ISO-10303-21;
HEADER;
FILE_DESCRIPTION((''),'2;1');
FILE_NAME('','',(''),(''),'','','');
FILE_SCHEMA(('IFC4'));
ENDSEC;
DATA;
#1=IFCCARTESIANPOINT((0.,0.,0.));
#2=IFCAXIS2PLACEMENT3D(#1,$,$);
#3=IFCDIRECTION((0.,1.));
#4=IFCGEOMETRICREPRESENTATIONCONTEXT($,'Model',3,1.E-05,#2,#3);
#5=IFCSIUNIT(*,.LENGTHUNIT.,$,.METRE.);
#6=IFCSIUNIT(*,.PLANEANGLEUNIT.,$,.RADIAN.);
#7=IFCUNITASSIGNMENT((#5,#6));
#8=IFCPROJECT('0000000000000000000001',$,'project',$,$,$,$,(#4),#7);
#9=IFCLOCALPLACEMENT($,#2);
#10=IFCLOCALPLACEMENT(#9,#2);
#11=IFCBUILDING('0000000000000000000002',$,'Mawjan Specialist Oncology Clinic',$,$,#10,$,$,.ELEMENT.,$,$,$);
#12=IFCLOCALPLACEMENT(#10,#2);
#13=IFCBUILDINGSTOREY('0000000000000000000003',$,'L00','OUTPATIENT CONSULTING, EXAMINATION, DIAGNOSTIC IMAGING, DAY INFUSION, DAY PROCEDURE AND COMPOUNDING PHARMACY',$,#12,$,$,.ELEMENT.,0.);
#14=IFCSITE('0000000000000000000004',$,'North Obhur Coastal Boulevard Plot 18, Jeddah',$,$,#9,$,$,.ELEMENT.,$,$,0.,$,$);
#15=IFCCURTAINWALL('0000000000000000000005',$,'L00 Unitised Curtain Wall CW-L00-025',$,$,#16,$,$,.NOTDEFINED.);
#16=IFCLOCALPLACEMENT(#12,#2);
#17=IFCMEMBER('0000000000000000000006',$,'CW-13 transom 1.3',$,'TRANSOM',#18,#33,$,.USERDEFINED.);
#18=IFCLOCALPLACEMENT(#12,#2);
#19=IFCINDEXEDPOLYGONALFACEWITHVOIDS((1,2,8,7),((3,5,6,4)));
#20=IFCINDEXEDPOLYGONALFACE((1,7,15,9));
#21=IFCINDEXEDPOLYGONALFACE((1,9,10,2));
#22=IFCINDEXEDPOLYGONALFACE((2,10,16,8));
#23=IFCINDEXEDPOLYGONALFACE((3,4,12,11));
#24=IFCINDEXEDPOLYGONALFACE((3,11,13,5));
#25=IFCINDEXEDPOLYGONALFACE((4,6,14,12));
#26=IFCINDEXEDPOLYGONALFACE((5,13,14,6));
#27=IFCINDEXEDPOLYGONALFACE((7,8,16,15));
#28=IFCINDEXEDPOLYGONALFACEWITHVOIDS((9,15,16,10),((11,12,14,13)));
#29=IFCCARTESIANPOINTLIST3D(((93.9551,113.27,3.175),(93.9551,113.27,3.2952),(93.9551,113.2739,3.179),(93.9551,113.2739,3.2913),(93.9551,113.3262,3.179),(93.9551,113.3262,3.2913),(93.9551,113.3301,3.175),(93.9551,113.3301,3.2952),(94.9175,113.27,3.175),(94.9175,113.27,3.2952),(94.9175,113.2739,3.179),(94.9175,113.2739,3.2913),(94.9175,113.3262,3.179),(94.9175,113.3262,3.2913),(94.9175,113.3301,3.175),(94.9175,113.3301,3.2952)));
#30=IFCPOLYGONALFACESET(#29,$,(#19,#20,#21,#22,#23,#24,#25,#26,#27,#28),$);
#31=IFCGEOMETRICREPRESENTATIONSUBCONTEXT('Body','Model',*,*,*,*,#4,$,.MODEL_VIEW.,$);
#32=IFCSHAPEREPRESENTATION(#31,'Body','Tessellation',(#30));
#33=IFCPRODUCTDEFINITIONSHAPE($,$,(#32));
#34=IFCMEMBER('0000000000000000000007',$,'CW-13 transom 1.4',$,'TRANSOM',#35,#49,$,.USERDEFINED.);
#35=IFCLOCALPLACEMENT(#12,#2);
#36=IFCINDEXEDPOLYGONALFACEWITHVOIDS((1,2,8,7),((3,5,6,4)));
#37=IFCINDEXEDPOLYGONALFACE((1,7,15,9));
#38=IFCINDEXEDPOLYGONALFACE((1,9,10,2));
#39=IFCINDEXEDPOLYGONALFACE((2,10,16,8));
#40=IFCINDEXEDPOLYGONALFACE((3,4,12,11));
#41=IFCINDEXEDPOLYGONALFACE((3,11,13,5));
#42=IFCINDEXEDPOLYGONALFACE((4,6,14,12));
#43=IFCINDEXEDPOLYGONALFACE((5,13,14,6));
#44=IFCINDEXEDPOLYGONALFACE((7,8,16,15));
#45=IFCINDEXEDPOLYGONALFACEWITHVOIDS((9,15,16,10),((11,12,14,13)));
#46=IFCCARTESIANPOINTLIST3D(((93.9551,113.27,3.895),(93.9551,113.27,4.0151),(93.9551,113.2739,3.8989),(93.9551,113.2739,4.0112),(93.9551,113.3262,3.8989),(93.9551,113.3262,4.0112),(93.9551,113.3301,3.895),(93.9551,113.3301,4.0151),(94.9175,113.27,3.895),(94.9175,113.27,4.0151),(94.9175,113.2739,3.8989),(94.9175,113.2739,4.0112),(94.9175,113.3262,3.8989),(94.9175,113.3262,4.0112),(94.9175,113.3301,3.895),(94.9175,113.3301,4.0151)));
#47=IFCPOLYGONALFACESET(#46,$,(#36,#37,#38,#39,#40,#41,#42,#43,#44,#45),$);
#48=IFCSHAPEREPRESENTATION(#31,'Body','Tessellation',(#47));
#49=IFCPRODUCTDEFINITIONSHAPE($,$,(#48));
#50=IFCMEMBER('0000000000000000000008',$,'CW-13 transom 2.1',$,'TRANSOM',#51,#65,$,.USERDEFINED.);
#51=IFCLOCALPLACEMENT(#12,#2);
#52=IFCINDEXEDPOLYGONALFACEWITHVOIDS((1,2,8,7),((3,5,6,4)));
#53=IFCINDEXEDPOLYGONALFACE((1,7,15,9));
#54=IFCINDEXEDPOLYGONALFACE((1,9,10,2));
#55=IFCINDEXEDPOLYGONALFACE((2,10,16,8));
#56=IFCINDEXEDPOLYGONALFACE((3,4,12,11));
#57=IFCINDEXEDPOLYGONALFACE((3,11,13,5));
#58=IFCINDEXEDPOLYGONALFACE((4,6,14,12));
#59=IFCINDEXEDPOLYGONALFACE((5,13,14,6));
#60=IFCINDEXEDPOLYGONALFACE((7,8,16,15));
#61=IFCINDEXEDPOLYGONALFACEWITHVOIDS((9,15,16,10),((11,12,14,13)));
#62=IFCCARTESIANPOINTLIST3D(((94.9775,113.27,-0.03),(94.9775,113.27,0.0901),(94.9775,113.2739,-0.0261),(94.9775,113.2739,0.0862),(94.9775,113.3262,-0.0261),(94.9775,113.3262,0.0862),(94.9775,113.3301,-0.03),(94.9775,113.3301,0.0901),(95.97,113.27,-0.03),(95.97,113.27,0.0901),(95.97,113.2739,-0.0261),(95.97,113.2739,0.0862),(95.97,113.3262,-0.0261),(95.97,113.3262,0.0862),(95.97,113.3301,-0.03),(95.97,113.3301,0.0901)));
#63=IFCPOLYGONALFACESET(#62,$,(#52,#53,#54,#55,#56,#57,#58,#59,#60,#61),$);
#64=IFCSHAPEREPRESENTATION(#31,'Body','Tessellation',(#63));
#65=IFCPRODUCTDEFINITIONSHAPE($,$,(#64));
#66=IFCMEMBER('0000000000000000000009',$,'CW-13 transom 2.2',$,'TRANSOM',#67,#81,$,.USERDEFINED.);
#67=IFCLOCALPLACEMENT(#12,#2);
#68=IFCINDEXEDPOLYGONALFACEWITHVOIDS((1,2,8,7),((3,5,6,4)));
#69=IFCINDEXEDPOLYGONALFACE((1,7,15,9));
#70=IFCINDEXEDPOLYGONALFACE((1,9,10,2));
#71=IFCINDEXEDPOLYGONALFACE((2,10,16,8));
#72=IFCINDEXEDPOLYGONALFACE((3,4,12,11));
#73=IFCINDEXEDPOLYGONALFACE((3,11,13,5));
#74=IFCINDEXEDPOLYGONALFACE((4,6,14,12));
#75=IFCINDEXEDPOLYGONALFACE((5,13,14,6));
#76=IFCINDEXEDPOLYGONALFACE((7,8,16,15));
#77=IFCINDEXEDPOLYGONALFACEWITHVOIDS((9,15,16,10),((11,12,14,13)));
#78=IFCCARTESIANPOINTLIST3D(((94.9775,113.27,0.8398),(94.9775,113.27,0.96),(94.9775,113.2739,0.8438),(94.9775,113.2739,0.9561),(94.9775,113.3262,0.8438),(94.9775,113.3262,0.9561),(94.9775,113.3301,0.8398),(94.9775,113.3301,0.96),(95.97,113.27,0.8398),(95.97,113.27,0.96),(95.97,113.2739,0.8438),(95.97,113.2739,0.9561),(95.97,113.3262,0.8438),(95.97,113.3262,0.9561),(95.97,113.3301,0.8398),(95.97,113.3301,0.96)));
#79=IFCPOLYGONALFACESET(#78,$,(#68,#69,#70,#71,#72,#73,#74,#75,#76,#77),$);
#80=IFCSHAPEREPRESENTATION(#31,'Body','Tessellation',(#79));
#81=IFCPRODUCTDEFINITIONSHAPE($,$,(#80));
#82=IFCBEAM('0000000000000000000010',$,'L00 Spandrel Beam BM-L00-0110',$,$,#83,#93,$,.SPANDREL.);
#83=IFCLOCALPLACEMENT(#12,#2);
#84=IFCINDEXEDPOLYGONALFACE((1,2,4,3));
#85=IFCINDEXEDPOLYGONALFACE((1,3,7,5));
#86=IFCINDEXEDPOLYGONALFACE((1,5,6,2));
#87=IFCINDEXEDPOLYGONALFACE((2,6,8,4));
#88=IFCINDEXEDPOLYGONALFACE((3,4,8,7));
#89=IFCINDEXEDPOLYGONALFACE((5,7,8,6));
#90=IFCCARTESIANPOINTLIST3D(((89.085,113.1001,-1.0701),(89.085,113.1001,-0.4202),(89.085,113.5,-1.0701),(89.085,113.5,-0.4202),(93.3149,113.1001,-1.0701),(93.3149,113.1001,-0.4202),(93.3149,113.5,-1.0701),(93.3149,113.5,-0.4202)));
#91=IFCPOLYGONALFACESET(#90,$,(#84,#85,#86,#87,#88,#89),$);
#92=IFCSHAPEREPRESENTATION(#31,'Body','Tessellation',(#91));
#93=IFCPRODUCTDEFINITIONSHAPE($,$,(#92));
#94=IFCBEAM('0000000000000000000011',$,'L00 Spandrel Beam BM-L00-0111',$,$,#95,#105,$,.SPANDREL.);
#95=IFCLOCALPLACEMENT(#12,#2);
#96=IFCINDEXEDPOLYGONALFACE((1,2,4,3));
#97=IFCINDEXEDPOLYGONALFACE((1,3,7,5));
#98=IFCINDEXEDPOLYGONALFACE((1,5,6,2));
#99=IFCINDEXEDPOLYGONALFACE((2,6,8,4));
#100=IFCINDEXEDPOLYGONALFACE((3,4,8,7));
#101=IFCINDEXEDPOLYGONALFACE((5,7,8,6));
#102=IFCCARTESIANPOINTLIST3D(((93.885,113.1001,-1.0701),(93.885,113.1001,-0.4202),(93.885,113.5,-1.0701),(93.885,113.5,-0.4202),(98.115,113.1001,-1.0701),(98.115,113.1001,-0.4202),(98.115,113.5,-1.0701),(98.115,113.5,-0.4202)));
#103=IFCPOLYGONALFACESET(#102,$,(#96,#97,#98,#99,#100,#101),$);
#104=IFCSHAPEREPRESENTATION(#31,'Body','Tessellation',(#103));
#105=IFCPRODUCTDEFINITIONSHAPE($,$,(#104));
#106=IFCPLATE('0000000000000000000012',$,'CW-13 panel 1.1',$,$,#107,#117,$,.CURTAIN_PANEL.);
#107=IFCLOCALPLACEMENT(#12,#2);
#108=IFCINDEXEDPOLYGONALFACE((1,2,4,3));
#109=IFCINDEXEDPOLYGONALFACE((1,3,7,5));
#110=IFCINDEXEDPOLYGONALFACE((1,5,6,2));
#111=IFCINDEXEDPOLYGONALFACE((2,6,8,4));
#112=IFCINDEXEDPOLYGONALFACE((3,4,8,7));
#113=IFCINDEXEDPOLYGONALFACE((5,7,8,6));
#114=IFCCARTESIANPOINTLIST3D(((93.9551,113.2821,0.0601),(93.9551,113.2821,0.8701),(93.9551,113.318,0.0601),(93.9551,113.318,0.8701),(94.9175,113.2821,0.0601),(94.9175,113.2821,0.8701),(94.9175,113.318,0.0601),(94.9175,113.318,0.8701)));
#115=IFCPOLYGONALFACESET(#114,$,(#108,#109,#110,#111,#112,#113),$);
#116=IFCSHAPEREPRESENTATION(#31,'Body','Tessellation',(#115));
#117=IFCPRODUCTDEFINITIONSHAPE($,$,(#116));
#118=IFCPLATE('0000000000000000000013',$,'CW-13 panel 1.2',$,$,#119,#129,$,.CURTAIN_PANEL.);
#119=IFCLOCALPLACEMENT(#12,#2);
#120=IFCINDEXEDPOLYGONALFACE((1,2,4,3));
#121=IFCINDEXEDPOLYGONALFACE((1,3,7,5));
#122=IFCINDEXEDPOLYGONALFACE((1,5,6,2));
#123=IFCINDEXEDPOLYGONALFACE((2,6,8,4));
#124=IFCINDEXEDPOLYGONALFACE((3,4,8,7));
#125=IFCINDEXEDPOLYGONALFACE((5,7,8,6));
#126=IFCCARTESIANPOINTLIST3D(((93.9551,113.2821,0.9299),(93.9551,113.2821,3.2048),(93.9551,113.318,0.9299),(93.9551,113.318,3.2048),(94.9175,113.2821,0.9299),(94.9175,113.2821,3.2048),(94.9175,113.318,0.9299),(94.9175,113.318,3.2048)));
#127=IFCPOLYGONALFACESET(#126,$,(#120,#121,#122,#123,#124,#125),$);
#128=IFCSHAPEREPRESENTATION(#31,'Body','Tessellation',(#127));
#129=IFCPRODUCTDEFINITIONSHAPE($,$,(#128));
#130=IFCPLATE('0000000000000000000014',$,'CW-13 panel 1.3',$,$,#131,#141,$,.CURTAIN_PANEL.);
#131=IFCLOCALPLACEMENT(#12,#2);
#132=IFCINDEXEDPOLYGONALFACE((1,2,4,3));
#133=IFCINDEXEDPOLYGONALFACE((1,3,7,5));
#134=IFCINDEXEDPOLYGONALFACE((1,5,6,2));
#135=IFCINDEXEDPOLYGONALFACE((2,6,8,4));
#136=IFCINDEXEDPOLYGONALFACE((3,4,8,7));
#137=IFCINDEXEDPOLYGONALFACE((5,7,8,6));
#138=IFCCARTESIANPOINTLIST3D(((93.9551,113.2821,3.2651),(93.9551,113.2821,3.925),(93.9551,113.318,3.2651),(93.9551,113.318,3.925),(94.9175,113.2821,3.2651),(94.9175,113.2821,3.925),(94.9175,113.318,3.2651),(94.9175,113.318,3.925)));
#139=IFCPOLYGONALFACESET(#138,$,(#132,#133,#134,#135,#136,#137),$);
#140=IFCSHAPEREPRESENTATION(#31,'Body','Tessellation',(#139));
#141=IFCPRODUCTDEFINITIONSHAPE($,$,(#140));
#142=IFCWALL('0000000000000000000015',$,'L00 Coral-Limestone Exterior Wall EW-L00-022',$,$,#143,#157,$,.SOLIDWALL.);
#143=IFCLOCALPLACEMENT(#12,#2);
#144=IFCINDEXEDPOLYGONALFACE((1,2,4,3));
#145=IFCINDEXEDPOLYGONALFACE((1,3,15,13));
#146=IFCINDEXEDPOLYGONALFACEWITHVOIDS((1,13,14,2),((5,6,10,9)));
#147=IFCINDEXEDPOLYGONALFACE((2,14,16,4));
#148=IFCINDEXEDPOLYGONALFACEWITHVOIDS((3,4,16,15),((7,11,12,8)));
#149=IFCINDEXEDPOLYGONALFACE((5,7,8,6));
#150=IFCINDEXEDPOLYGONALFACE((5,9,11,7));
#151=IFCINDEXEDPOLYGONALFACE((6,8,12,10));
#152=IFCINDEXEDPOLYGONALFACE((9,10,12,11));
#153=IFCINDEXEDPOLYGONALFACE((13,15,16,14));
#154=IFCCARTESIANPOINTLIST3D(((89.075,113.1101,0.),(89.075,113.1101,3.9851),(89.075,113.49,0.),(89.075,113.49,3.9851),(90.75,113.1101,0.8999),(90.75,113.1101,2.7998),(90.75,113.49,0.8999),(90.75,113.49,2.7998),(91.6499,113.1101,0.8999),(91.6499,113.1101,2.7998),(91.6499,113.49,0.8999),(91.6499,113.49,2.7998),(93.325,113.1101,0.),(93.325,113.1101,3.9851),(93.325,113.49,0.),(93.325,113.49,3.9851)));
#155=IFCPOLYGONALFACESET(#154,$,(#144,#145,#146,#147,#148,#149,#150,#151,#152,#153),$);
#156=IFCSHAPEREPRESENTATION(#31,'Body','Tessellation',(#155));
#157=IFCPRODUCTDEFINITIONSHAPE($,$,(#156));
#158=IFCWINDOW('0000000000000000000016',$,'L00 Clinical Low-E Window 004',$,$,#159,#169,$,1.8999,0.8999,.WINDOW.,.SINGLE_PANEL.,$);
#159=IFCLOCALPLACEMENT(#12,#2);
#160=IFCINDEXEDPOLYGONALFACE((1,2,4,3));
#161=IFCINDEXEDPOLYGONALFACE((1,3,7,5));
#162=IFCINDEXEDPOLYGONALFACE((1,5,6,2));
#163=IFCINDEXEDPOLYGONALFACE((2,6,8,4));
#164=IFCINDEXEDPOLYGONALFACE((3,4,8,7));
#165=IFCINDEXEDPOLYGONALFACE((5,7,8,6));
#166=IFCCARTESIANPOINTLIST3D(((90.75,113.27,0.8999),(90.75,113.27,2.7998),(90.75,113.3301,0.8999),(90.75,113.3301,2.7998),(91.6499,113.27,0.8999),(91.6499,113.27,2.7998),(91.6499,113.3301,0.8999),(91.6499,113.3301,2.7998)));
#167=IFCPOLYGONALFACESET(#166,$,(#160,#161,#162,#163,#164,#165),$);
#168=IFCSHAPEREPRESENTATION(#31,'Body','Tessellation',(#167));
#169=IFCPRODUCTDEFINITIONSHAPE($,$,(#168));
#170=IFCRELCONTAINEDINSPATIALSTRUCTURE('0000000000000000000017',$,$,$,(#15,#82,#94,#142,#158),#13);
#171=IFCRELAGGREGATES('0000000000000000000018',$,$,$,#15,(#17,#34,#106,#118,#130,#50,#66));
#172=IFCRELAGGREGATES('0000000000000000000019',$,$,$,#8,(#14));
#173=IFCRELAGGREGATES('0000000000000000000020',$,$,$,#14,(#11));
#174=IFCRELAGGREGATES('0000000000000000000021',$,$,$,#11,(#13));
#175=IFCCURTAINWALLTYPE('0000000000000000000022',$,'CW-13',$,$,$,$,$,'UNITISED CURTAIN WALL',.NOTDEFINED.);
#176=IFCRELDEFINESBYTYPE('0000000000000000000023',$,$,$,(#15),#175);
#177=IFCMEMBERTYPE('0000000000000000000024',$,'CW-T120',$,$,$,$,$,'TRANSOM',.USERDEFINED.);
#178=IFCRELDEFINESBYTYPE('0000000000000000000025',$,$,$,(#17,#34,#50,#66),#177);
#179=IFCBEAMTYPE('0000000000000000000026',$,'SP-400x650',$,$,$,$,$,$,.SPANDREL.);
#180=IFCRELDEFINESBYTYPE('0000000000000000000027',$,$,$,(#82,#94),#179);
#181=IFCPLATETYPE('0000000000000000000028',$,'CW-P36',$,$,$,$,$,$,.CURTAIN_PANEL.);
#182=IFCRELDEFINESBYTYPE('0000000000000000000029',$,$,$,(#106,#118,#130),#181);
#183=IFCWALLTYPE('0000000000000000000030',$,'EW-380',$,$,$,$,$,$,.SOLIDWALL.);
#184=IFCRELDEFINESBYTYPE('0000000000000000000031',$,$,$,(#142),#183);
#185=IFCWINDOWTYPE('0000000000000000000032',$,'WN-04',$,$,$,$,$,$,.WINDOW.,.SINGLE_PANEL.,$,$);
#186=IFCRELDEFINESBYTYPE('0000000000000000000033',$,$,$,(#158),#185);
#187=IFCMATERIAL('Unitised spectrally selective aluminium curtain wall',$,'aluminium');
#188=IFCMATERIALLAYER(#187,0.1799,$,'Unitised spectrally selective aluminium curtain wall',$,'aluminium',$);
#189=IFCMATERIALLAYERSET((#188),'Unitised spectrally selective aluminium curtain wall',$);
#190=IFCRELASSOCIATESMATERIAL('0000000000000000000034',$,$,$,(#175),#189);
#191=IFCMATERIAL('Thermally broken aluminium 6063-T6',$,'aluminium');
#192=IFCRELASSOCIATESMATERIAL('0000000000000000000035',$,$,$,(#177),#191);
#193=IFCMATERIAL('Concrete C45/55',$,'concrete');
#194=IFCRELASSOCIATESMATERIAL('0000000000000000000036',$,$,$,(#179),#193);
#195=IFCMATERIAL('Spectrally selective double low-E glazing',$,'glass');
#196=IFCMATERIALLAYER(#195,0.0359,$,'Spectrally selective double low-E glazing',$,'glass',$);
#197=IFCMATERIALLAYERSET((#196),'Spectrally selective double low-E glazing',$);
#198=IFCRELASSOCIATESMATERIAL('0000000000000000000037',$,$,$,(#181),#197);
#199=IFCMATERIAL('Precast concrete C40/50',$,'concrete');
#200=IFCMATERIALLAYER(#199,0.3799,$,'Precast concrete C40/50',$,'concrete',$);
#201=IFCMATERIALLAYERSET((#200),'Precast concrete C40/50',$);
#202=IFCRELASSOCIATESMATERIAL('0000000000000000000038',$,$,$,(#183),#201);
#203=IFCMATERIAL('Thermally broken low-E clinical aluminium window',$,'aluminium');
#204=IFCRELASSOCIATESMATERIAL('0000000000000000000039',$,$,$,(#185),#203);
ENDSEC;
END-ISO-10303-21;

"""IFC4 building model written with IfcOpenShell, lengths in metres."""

from ifc_helpers import new_model, si_unit, direction, frame, frame_2d, origin, origin_2d, place, context, subcontext, project, spatial, rectangle, hollow_rectangle, extrude, material, layer, layer_set, material_profile, profile_set, type_object, element, fill, aggregate, save


model = new_model("IFC4")

# Units and contexts
model_context = context("Model", 3, precision=1e-05, world=origin(), true_north=direction((0.0, 1.0)))
body_context = subcontext(model_context, "Body", "Model", "MODEL_VIEW")
ifc_project = project(units=[si_unit("LENGTHUNIT", "METRE"), si_unit("PLANEANGLEUNIT", "RADIAN")], contexts=[model_context])

# Site, building, storey
site_placement = place(None, origin())
site = spatial("IfcSite", under=ifc_project, at=site_placement, Name="North Obhur Coastal Boulevard Plot 18, Jeddah", CompositionType="ELEMENT", RefElevation=0.0)
building_placement = place(site_placement, origin())
building = spatial("IfcBuilding", under=site, at=building_placement, Name="Mawjan Specialist Oncology Clinic", CompositionType="ELEMENT")
storey_placement = place(building_placement, origin())
storey = spatial("IfcBuildingStorey", under=building, at=storey_placement, Name="L00", Description="OUTPATIENT CONSULTING, EXAMINATION, DIAGNOSTIC IMAGING, DAY INFUSION, DAY PROCEDURE AND COMPOUNDING PHARMACY", CompositionType="ELEMENT", Elevation=0.0)

# Curtain wall, members
ifc_material_1 = material(Name="Unitised spectrally selective aluminium curtain wall", Category="aluminium")
ifc_layer_1 = layer(ifc_material_1, 0.1799, Name="Unitised spectrally selective aluminium curtain wall", Category="aluminium")
ifc_layer_set_1 = layer_set([ifc_layer_1], Name="Unitised spectrally selective aluminium curtain wall")
curtain_wall_type = type_object("IfcCurtainWallType", Name="CW-13", ElementType="UNITISED CURTAIN WALL", PredefinedType="NOTDEFINED", material=ifc_layer_set_1)
curtain_wall_placement = place(storey_placement, origin())
curtain_wall = element("IfcCurtainWall", 1, at=curtain_wall_placement, inside=storey, type_object=curtain_wall_type, Name="L00 Unitised Curtain Wall CW-L00-025", PredefinedType="NOTDEFINED")
ifc_material_2 = material(Name="Thermally broken aluminium 6063-T6", Category="aluminium")
ifc_material_profile_1 = material_profile(ifc_material_2, hollow_rectangle(XDim=0.0601, YDim=0.1201, WallThickness=0.0039, at=origin_2d()), Name="ALU TRANSOM 120x60x4", Category="aluminium")
ifc_profile_set_1 = profile_set([ifc_material_profile_1], Name="Thermally broken aluminium 6063-T6")
member_type_1 = type_object("IfcMemberType", Name="CW-T120", ElementType="TRANSOM", PredefinedType="USERDEFINED", material=ifc_profile_set_1)
member_1_placement = place(storey_placement, frame((93.9551, 113.3, 3.2351), z_axis=(1.0, 0.0, 0.0), x_axis=(0.0, 1.0, 0.0)))
member_1 = element("IfcMember", 2, at=member_1_placement, type_object=member_type_1, Name="CW-13 transom 1.3", ObjectType="TRANSOM", PredefinedType="USERDEFINED", context=body_context, shape_type="SweptSolid", body=[
    extrude(hollow_rectangle(XDim=0.0601, YDim=0.1201, WallThickness=0.0039, at=origin_2d()), origin(), (0.0, 0.0, 1.0), 0.9624),
])
member_2_placement = place(storey_placement, frame((93.9551, 113.3, 3.9551), z_axis=(1.0, 0.0, 0.0), x_axis=(0.0, 1.0, 0.0)))
member_2 = element("IfcMember", 3, at=member_2_placement, type_object=member_type_1, Name="CW-13 transom 1.4", ObjectType="TRANSOM", PredefinedType="USERDEFINED", context=body_context, shape_type="SweptSolid", body=[
    extrude(hollow_rectangle(XDim=0.0601, YDim=0.1201, WallThickness=0.0039, at=origin_2d()), origin(), (0.0, 0.0, 1.0), 0.9624),
])
member_3_placement = place(storey_placement, frame((94.9775, 113.3, 0.03), z_axis=(1.0, 0.0, 0.0), x_axis=(0.0, 1.0, 0.0)))
member_3 = element("IfcMember", 4, at=member_3_placement, type_object=member_type_1, Name="CW-13 transom 2.1", ObjectType="TRANSOM", PredefinedType="USERDEFINED", context=body_context, shape_type="SweptSolid", body=[
    extrude(hollow_rectangle(XDim=0.0601, YDim=0.1201, WallThickness=0.0039, at=origin_2d()), origin(), (0.0, 0.0, 1.0), 0.9924),
])
member_4_placement = place(storey_placement, frame((94.9775, 113.3, 0.8999), z_axis=(1.0, 0.0, 0.0), x_axis=(0.0, 1.0, 0.0)))
member_4 = element("IfcMember", 5, at=member_4_placement, type_object=member_type_1, Name="CW-13 transom 2.2", ObjectType="TRANSOM", PredefinedType="USERDEFINED", context=body_context, shape_type="SweptSolid", body=[
    extrude(hollow_rectangle(XDim=0.0601, YDim=0.1201, WallThickness=0.0039, at=origin_2d()), origin(), (0.0, 0.0, 1.0), 0.9924),
])

# Beams
ifc_material_3 = material(Name="Concrete C45/55", Category="concrete")
ifc_material_profile_2 = material_profile(ifc_material_3, rectangle(XDim=0.3999, YDim=0.6499, at=origin_2d()), Name="RC BM 400x650", Category="concrete")
ifc_profile_set_2 = profile_set([ifc_material_profile_2], Name="Concrete C45/55")
beam_type_1 = type_object("IfcBeamType", Name="SP-400x650", PredefinedType="SPANDREL", material=ifc_profile_set_2)
for number, where, z_axis, x_axis, name in (
    (6, (89.085, 113.3, -0.7451), (1.0, 0.0, 0.0), (0.0, 1.0, 0.0), "L00 Spandrel Beam BM-L00-0110"),
    (7, (93.885, 113.3, -0.7451), (1.0, 0.0, 0.0), (0.0, 1.0, 0.0), "L00 Spandrel Beam BM-L00-0111"),
):
    element("IfcBeam", number, at=place(storey_placement, frame(where, z_axis=z_axis, x_axis=x_axis)), inside=storey, type_object=beam_type_1, Name=name, PredefinedType="SPANDREL", context=body_context, shape_type="SweptSolid", body=[
        extrude(rectangle(XDim=0.3999, YDim=0.6499, at=origin_2d()), origin(), (0.0, 0.0, 1.0), 4.23),
    ])

# Plates
ifc_material_4 = material(Name="Spectrally selective double low-E glazing", Category="glass")
ifc_layer_2 = layer(ifc_material_4, 0.0359, Name="Spectrally selective double low-E glazing", Category="glass")
ifc_layer_set_2 = layer_set([ifc_layer_2], Name="Spectrally selective double low-E glazing")
plate_type = type_object("IfcPlateType", Name="CW-P36", PredefinedType="CURTAIN_PANEL", material=ifc_layer_set_2)
plate_1_placement = place(storey_placement, frame((94.4363, 113.3, 0.0601), z_axis=(0.0, 0.0, 1.0), x_axis=(1.0, 0.0, 0.0)))
plate_1 = element("IfcPlate", 8, at=plate_1_placement, type_object=plate_type, Name="CW-13 panel 1.1", PredefinedType="CURTAIN_PANEL", context=body_context, shape_type="SweptSolid", body=[
    extrude(rectangle(XDim=0.9624, YDim=0.0359, at=origin_2d()), origin(), (0.0, 0.0, 1.0), 0.8101),
])
plate_2_placement = place(storey_placement, frame((94.4363, 113.3, 0.9299), z_axis=(0.0, 0.0, 1.0), x_axis=(1.0, 0.0, 0.0)))
plate_2 = element("IfcPlate", 9, at=plate_2_placement, type_object=plate_type, Name="CW-13 panel 1.2", PredefinedType="CURTAIN_PANEL", context=body_context, shape_type="SweptSolid", body=[
    extrude(rectangle(XDim=0.9624, YDim=0.0359, at=origin_2d()), origin(), (0.0, 0.0, 1.0), 2.2749),
])
plate_3_placement = place(storey_placement, frame((94.4363, 113.3, 3.2651), z_axis=(0.0, 0.0, 1.0), x_axis=(1.0, 0.0, 0.0)))
plate_3 = element("IfcPlate", 10, at=plate_3_placement, type_object=plate_type, Name="CW-13 panel 1.3", PredefinedType="CURTAIN_PANEL", context=body_context, shape_type="SweptSolid", body=[
    extrude(rectangle(XDim=0.9624, YDim=0.0359, at=origin_2d()), origin(), (0.0, 0.0, 1.0), 0.6599),
])
aggregate(curtain_wall, [member_1, member_2, plate_1, plate_2, plate_3, member_3, member_4])

# Wall, opening, window
ifc_material_5 = material(Name="Precast concrete C40/50", Category="concrete")
ifc_layer_3 = layer(ifc_material_5, 0.3799, Name="Precast concrete C40/50", Category="concrete")
ifc_layer_set_3 = layer_set([ifc_layer_3], Name="Precast concrete C40/50")
wall_type = type_object("IfcWallType", Name="EW-380", PredefinedType="SOLIDWALL", material=ifc_layer_set_3)
wall_placement = place(storey_placement, frame((89.075, 113.3, 0.0), z_axis=(0.0, 0.0, 1.0), x_axis=(1.0, 0.0, 0.0)))
wall = element("IfcWall", 11, at=wall_placement, inside=storey, type_object=wall_type, Name="L00 Coral-Limestone Exterior Wall EW-L00-022", PredefinedType="SOLIDWALL", context=body_context, shape_type="SweptSolid", body=[
    extrude(rectangle(XDim=4.25, YDim=0.3799, at=frame_2d((2.125, 0.0))), origin(), (0.0, 0.0, 1.0), 3.9851),
])
opening_placement = place(wall_placement, frame((1.675, 0.0, 0.8999)))
opening = element("IfcOpeningElement", 12, at=opening_placement, cuts=wall, PredefinedType="OPENING", context=body_context, shape_type="SweptSolid", body=[
    extrude(rectangle(XDim=0.8999, YDim=1.8999, at=frame_2d((0.45, 0.95))), frame((0.0, 0.2019, 0.0), z_axis=(0.0, -1.0, 0.0), x_axis=(1.0, 0.0, 0.0)), (0.0, 0.0, 1.0), 0.4038),
])
ifc_material_6 = material(Name="Thermally broken low-E clinical aluminium window", Category="aluminium")
window_type = type_object("IfcWindowType", Name="WN-04", PartitioningType="SINGLE_PANEL", PredefinedType="WINDOW", material=ifc_material_6)
window_placement = place(opening_placement, origin())
window = element("IfcWindow", 13, at=window_placement, inside=storey, type_object=window_type, Name="L00 Clinical Low-E Window 004", OverallHeight=1.8999, OverallWidth=0.8999, PartitioningType="SINGLE_PANEL", PredefinedType="WINDOW", context=body_context, shape_type="SweptSolid", body=[
    extrude(rectangle(XDim=0.8999, YDim=1.8999, at=frame_2d((0.45, 0.95))), frame((0.0, 0.03, 0.0), z_axis=(0.0, -1.0, 0.0), x_axis=(1.0, 0.0, 0.0)), (0.0, 0.0, 1.0), 0.0601),
])
fill(opening, window)

save(model, "model.ifc")
